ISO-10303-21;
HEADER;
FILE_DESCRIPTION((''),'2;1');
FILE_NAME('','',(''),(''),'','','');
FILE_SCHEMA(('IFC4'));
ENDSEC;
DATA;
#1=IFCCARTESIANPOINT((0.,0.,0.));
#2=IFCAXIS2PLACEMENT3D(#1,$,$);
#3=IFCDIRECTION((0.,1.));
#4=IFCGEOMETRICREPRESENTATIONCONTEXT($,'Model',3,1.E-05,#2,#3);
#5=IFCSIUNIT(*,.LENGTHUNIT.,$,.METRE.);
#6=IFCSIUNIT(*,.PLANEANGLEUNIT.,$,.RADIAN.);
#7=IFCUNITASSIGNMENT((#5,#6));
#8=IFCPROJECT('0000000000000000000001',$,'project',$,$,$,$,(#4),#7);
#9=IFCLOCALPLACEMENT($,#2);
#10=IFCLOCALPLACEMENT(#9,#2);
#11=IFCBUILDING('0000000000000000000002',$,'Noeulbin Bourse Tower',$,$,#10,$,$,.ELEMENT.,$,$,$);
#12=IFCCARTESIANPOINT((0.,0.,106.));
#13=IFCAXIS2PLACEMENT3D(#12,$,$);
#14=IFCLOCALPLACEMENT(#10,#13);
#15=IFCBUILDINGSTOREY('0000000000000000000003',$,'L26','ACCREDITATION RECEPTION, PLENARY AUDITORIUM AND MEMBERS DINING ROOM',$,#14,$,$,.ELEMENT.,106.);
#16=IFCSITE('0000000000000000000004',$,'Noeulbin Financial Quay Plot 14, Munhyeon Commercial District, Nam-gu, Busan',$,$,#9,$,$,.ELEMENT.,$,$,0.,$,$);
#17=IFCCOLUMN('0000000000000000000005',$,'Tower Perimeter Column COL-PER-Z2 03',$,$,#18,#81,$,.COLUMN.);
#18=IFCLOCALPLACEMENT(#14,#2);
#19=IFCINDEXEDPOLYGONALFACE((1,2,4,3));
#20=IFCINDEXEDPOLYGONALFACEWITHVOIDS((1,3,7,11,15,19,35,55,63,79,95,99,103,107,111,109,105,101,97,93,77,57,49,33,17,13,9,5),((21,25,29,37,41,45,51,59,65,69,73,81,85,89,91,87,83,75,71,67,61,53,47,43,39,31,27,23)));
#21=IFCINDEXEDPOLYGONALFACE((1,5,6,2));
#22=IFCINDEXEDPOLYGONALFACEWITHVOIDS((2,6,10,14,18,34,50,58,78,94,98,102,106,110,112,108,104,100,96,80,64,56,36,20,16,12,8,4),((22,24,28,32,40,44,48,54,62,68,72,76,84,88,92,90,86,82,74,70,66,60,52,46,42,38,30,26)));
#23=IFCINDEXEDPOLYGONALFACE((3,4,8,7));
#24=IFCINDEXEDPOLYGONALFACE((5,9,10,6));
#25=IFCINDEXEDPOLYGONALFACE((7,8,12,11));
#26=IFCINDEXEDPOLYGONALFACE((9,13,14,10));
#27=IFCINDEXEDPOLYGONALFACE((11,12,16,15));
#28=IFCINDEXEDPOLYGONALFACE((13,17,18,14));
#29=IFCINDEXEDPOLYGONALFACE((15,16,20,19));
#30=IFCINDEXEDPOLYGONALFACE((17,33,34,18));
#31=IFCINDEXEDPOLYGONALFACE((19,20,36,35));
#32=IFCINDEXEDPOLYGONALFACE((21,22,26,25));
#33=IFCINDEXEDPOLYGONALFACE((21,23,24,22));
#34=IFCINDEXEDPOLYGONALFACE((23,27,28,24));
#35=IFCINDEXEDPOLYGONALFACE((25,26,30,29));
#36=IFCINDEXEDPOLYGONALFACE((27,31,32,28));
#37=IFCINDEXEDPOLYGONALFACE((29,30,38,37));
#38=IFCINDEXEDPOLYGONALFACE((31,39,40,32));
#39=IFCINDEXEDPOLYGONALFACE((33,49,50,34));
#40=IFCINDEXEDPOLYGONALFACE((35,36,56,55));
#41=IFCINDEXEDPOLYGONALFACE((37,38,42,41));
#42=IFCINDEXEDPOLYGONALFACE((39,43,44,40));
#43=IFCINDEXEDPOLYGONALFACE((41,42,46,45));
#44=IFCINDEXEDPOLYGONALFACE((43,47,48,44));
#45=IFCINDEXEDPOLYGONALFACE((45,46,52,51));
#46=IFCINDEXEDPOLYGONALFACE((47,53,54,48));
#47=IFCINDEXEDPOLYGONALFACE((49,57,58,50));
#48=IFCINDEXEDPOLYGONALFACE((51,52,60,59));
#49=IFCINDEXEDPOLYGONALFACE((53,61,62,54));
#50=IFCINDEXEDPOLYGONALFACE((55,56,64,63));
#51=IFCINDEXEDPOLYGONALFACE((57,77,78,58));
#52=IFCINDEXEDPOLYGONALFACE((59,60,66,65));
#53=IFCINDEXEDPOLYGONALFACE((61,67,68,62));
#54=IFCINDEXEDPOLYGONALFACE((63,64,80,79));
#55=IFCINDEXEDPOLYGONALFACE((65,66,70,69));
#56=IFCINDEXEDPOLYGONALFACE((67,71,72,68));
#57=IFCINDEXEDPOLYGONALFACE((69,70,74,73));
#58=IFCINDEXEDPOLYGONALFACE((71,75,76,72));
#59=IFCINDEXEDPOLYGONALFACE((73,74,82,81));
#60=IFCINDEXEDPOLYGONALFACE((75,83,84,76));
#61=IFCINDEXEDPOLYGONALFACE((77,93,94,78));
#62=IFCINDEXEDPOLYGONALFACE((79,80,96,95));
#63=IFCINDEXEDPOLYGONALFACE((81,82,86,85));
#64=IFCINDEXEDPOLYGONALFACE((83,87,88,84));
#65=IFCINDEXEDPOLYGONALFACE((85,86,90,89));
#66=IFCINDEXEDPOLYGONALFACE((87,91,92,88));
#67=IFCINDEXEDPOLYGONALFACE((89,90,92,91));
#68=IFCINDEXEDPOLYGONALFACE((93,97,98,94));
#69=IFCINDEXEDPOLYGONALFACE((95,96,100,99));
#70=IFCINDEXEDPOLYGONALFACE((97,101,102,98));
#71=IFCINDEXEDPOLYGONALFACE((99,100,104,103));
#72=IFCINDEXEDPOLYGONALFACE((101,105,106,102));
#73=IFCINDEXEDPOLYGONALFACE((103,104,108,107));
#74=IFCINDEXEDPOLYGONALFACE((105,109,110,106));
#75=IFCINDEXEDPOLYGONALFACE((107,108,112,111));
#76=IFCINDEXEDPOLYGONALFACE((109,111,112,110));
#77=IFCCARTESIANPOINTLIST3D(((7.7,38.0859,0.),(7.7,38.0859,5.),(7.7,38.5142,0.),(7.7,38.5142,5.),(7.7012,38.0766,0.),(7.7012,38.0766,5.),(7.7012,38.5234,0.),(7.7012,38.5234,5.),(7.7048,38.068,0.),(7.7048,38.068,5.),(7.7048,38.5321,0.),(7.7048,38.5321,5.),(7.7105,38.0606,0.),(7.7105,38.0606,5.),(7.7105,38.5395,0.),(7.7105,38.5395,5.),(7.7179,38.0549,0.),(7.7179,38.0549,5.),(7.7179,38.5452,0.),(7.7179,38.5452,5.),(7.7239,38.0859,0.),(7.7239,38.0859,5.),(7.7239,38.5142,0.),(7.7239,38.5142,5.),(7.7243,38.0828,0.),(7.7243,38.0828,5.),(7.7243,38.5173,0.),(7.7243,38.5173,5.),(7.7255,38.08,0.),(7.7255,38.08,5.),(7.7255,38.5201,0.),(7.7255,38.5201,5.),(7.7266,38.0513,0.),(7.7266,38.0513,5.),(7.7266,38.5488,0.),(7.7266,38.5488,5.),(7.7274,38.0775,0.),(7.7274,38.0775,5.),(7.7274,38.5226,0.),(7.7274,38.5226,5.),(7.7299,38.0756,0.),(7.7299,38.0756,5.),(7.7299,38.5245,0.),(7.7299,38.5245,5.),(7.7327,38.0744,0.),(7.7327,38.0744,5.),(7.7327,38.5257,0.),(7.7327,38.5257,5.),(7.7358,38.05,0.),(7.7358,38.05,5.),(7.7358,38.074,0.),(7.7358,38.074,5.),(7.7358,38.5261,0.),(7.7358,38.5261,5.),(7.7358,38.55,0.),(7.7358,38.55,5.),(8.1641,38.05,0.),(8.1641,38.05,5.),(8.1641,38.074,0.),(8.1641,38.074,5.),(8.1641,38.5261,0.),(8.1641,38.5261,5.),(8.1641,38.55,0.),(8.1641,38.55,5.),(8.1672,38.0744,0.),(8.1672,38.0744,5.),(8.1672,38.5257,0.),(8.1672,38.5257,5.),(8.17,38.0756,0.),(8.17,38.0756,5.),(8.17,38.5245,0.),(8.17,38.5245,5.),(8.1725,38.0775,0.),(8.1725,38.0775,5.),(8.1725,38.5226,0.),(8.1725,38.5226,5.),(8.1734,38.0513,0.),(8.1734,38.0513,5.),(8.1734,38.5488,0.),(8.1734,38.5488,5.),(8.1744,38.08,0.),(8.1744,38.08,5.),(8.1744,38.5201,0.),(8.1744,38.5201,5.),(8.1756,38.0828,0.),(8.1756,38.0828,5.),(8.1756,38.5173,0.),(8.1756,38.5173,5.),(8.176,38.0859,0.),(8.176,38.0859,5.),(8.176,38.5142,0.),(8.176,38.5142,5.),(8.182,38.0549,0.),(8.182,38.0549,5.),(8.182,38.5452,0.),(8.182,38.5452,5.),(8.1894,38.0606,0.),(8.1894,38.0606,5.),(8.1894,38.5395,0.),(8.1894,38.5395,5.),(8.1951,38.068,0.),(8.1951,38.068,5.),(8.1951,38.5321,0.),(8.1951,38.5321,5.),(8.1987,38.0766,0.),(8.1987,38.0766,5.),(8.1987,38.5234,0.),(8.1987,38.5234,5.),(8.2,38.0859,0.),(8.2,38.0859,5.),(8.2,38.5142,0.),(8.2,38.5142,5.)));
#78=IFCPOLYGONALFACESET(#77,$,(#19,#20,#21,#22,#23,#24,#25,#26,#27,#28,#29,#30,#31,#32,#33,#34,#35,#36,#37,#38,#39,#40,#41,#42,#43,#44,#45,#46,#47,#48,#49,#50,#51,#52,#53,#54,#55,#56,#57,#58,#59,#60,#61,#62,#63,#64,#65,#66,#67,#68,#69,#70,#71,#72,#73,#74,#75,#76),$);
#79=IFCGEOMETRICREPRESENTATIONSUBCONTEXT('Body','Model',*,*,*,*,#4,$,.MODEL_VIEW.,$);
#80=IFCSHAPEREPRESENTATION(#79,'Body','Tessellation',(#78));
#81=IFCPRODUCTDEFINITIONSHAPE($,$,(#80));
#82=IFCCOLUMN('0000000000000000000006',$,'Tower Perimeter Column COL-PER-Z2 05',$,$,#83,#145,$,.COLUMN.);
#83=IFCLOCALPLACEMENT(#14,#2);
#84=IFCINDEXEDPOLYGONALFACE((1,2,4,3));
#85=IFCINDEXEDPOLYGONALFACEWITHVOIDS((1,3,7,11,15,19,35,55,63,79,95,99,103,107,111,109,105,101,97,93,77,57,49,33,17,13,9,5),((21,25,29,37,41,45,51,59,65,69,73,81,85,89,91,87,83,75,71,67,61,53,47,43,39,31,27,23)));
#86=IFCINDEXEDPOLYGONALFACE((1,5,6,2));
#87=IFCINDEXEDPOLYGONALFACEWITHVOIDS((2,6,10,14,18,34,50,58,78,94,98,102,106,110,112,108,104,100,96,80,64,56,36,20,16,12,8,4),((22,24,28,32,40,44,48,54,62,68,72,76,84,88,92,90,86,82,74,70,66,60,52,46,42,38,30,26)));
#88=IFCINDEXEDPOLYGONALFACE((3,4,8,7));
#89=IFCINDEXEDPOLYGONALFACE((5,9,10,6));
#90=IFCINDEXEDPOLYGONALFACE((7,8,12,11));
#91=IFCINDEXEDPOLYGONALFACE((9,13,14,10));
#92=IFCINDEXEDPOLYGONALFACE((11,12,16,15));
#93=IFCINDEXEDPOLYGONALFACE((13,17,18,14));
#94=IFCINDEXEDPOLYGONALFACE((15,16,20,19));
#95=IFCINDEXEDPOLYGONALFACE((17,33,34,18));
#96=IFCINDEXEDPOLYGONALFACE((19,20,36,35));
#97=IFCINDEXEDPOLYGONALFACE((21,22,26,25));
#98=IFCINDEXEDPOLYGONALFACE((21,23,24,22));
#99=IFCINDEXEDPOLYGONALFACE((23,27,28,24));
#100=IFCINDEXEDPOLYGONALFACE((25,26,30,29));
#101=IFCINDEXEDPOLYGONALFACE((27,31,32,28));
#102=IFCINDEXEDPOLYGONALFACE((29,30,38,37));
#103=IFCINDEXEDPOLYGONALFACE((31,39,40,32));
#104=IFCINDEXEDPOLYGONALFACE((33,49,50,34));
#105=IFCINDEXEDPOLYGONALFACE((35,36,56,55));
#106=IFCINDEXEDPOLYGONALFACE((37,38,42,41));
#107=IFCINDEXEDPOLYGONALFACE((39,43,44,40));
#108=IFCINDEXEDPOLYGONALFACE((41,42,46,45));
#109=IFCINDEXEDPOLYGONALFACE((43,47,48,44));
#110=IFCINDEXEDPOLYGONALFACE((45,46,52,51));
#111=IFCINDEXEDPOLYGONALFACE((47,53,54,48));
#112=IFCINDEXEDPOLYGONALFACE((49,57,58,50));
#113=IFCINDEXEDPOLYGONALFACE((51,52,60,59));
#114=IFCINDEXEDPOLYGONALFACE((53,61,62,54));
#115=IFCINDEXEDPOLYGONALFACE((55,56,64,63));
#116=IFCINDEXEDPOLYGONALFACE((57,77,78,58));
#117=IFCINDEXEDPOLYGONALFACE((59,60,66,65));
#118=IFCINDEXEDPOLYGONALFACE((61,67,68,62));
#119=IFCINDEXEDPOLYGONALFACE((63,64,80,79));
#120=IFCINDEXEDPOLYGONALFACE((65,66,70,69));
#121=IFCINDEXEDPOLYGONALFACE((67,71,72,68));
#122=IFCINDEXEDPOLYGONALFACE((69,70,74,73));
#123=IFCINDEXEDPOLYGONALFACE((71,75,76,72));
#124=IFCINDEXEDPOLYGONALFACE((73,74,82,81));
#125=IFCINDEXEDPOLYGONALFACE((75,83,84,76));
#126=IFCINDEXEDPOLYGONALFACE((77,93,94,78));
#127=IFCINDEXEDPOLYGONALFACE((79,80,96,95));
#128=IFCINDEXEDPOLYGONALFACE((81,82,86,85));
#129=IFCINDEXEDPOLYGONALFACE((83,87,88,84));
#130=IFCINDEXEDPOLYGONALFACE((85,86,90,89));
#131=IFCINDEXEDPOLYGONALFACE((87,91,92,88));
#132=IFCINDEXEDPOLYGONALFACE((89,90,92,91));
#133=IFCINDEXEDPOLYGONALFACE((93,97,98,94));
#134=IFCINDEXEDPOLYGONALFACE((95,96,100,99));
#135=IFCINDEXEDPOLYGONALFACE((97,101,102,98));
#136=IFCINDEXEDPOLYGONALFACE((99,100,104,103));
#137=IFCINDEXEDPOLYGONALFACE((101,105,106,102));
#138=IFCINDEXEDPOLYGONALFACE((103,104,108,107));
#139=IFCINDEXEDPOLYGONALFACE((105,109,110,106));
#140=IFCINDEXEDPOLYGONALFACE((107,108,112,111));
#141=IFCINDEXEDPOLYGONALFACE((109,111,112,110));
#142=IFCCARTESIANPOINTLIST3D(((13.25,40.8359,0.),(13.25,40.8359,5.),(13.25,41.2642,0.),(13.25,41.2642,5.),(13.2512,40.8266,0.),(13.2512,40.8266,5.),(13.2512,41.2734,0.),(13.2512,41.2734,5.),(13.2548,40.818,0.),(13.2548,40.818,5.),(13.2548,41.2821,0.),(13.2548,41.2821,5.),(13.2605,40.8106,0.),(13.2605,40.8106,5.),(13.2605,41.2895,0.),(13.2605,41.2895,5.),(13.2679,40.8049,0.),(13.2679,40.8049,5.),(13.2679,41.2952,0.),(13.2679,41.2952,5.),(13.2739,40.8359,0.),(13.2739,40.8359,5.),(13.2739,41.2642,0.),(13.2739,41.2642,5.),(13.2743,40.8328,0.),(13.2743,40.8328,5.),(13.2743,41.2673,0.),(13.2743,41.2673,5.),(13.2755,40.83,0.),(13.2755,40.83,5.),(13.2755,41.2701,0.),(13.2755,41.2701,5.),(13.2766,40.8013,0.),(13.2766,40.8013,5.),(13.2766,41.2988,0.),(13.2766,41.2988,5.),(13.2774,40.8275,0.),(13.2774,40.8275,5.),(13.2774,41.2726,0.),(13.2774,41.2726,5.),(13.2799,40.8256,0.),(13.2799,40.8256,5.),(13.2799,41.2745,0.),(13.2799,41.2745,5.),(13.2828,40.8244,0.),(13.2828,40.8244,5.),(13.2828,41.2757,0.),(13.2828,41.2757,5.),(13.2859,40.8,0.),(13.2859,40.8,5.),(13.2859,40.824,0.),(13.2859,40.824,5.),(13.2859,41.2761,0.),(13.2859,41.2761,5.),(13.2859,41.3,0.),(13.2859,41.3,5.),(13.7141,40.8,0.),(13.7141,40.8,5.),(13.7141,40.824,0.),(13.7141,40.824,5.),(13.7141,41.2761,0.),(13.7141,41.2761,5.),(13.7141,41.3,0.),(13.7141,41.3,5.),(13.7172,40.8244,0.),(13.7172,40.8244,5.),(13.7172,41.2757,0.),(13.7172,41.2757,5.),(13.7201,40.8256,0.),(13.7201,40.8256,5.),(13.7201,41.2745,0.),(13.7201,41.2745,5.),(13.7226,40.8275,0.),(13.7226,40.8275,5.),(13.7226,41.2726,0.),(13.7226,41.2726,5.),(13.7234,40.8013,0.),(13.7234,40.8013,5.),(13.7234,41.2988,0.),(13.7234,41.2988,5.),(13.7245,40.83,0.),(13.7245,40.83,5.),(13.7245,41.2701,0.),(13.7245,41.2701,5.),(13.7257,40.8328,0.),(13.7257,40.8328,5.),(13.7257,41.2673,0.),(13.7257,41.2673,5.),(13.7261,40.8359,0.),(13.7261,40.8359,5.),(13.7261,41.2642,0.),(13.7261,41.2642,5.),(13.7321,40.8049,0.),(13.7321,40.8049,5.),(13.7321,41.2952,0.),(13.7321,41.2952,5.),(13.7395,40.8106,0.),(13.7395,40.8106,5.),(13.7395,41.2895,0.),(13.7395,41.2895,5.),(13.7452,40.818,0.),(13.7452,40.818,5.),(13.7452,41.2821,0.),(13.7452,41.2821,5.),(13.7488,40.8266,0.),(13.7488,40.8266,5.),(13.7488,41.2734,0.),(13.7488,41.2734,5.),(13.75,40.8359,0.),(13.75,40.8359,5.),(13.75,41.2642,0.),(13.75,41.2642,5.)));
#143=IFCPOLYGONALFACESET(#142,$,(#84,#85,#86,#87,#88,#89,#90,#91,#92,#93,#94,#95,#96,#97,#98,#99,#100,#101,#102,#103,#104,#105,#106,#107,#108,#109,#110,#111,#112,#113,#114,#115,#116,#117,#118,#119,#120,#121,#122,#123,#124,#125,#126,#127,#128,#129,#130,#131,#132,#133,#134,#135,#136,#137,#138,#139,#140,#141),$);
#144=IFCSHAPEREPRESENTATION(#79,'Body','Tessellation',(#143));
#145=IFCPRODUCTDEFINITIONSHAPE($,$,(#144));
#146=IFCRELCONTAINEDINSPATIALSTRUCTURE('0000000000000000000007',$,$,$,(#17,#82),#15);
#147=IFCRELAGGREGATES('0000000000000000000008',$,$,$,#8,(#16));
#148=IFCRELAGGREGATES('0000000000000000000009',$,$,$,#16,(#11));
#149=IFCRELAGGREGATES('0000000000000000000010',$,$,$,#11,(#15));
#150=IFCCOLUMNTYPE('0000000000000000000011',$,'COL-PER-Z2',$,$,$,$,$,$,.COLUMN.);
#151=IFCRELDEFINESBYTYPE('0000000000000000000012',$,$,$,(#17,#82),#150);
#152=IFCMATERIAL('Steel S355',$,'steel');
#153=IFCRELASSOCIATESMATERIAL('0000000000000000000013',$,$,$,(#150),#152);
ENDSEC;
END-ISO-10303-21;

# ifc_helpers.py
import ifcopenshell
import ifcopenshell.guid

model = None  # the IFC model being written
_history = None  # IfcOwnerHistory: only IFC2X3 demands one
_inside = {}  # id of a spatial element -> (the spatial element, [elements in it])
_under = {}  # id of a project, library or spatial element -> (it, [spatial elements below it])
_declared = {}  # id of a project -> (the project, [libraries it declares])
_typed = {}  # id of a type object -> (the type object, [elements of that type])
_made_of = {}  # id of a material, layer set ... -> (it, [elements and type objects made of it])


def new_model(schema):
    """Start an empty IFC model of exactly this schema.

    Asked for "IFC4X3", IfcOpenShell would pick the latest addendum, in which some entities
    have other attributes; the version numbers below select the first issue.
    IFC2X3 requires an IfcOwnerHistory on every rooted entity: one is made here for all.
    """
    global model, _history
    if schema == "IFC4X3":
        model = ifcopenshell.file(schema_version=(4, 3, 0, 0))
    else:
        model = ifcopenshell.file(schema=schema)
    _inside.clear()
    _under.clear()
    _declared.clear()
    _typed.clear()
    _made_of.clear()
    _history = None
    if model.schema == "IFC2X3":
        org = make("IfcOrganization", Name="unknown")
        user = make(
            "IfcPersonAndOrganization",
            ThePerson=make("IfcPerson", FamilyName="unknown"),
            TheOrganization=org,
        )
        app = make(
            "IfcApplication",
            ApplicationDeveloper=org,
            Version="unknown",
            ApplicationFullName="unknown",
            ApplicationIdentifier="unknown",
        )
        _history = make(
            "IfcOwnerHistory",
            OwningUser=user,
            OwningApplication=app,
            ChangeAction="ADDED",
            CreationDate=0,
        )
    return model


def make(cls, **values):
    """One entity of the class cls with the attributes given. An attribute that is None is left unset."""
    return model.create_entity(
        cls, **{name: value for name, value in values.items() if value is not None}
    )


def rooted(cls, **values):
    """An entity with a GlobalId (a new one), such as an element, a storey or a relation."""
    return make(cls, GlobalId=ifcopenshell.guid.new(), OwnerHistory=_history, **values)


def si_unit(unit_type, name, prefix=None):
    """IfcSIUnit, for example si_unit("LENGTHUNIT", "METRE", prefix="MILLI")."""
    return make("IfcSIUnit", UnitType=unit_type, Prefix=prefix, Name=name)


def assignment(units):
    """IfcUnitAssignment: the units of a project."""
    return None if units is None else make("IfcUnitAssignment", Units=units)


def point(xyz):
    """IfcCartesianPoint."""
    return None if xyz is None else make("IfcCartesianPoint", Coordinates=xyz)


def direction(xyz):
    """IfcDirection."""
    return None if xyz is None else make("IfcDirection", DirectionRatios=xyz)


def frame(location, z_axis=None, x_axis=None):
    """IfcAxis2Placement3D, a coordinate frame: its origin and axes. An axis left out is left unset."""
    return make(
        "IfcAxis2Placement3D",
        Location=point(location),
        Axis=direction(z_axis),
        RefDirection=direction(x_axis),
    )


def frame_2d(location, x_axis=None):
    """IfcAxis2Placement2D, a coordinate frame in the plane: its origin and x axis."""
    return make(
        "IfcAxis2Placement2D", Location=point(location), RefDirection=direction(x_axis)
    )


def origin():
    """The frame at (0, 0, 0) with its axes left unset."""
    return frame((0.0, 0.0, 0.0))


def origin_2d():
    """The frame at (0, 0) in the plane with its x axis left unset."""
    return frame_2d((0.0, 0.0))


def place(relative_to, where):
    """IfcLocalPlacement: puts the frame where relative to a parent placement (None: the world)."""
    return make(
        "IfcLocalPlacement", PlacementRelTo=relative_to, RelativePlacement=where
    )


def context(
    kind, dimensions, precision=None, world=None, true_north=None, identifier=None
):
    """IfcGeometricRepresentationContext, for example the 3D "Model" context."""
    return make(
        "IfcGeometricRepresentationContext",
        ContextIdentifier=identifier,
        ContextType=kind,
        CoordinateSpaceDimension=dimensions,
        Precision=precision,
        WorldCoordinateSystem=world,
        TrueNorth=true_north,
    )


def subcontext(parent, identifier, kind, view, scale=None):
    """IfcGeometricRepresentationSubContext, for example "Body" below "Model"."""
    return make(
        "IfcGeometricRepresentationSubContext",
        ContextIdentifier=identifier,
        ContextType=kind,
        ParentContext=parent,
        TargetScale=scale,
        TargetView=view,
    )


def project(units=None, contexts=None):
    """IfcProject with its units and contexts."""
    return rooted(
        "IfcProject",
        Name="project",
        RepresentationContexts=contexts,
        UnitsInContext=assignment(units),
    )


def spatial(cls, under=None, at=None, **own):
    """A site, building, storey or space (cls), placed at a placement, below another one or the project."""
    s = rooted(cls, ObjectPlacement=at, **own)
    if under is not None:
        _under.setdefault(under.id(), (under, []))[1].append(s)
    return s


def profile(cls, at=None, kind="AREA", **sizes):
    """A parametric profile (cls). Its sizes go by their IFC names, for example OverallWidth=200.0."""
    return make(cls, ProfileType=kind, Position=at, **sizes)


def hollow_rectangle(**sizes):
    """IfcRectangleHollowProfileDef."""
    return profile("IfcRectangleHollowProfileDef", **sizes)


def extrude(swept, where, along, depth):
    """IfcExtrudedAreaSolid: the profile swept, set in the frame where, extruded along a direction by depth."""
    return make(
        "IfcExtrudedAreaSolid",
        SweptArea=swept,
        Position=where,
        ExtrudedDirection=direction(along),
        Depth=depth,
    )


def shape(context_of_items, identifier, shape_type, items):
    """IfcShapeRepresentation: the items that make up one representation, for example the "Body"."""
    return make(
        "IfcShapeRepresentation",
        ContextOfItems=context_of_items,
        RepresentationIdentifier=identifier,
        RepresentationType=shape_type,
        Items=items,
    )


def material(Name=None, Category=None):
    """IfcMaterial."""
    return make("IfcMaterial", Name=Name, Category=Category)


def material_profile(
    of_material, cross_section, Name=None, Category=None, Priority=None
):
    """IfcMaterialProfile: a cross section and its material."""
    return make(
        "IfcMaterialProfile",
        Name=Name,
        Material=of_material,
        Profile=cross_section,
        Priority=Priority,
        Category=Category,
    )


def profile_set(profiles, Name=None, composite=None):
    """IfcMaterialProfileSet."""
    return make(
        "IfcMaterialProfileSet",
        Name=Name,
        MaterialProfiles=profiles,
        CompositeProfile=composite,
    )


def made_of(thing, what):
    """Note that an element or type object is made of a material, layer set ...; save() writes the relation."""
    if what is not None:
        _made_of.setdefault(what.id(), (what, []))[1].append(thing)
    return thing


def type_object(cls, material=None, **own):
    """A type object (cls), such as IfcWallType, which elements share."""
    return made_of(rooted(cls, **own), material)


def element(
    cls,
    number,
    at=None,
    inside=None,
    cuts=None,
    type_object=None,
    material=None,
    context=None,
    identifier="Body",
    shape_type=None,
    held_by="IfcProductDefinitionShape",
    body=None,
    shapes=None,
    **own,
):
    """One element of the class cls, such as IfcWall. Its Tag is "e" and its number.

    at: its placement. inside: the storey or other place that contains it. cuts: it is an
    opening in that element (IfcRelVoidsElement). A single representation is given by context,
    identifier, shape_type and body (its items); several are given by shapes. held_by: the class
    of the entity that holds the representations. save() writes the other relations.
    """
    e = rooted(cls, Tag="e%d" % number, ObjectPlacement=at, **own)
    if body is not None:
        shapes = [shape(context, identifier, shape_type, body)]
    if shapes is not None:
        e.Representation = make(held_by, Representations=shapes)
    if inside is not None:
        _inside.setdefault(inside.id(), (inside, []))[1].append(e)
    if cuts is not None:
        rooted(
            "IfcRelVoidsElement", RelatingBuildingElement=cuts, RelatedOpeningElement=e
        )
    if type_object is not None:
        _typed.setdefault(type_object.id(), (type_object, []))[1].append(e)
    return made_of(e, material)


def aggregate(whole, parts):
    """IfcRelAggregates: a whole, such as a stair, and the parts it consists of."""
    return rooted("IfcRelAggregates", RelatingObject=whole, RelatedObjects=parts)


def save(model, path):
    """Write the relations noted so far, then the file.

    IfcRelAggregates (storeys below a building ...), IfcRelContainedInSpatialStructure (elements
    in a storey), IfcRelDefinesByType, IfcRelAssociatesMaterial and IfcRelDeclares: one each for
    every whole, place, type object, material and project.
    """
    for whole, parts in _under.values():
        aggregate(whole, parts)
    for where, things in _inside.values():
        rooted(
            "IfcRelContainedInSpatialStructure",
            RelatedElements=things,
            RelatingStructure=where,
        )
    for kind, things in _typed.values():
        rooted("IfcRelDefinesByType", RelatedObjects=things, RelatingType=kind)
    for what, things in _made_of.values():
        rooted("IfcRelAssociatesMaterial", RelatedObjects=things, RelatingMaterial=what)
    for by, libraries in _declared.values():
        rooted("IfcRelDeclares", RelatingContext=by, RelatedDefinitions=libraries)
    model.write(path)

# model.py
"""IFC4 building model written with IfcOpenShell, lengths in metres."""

from ifc_helpers import new_model, si_unit, direction, frame, origin, origin_2d, place, context, subcontext, project, spatial, hollow_rectangle, extrude, material, material_profile, profile_set, type_object, element, save


model = new_model("IFC4")

# Units and contexts
model_context = context("Model", 3, precision=1e-05, world=origin(), true_north=direction((0.0, 1.0)))
body_context = subcontext(model_context, "Body", "Model", "MODEL_VIEW")
ifc_project = project(units=[si_unit("LENGTHUNIT", "METRE"), si_unit("PLANEANGLEUNIT", "RADIAN")], contexts=[model_context])

# Site, building, storey
site_placement = place(None, origin())
site = spatial("IfcSite", under=ifc_project, at=site_placement, Name="Noeulbin Financial Quay Plot 14, Munhyeon Commercial District, Nam-gu, Busan", CompositionType="ELEMENT", RefElevation=0.0)
building_placement = place(site_placement, origin())
building = spatial("IfcBuilding", under=site, at=building_placement, Name="Noeulbin Bourse Tower", CompositionType="ELEMENT")
storey_placement = place(building_placement, frame((0.0, 0.0, 106.0)))
storey = spatial("IfcBuildingStorey", under=building, at=storey_placement, Name="L26", Description="ACCREDITATION RECEPTION, PLENARY AUDITORIUM AND MEMBERS DINING ROOM", CompositionType="ELEMENT", Elevation=106.0)

# Columns
ifc_material_1 = material(Name="Steel S355", Category="steel")
ifc_material_profile_1 = material_profile(ifc_material_1, hollow_rectangle(XDim=0.5, YDim=0.5, WallThickness=0.0239, InnerFilletRadius=0.012, OuterFilletRadius=0.0359, at=origin_2d()), Name="BOX-500x500x24", Category="LoadBearing")
ifc_profile_set_1 = profile_set([ifc_material_profile_1], Name="Steel S355")
column_type_1 = type_object("IfcColumnType", Name="COL-PER-Z2", PredefinedType="COLUMN", material=ifc_profile_set_1)
for number, where, z_axis, x_axis, name in (
    (1, (7.95, 38.3, 0.0), (0.0, 0.0, 1.0), (1.0, 0.0, 0.0), "Tower Perimeter Column COL-PER-Z2 03"),
    (2, (13.5, 41.05, 0.0), (0.0, 0.0, 1.0), (1.0, 0.0, 0.0), "Tower Perimeter Column COL-PER-Z2 05"),
):
    element("IfcColumn", number, at=place(storey_placement, frame(where, z_axis=z_axis, x_axis=x_axis)), inside=storey, type_object=column_type_1, Name=name, PredefinedType="COLUMN", context=body_context, shape_type="SweptSolid", body=[
        extrude(hollow_rectangle(XDim=0.5, YDim=0.5, WallThickness=0.0239, InnerFilletRadius=0.012, OuterFilletRadius=0.0359, at=origin_2d()), origin(), (0.0, 0.0, 1.0), 5.0),
    ])

save(model, "model.ifc")
